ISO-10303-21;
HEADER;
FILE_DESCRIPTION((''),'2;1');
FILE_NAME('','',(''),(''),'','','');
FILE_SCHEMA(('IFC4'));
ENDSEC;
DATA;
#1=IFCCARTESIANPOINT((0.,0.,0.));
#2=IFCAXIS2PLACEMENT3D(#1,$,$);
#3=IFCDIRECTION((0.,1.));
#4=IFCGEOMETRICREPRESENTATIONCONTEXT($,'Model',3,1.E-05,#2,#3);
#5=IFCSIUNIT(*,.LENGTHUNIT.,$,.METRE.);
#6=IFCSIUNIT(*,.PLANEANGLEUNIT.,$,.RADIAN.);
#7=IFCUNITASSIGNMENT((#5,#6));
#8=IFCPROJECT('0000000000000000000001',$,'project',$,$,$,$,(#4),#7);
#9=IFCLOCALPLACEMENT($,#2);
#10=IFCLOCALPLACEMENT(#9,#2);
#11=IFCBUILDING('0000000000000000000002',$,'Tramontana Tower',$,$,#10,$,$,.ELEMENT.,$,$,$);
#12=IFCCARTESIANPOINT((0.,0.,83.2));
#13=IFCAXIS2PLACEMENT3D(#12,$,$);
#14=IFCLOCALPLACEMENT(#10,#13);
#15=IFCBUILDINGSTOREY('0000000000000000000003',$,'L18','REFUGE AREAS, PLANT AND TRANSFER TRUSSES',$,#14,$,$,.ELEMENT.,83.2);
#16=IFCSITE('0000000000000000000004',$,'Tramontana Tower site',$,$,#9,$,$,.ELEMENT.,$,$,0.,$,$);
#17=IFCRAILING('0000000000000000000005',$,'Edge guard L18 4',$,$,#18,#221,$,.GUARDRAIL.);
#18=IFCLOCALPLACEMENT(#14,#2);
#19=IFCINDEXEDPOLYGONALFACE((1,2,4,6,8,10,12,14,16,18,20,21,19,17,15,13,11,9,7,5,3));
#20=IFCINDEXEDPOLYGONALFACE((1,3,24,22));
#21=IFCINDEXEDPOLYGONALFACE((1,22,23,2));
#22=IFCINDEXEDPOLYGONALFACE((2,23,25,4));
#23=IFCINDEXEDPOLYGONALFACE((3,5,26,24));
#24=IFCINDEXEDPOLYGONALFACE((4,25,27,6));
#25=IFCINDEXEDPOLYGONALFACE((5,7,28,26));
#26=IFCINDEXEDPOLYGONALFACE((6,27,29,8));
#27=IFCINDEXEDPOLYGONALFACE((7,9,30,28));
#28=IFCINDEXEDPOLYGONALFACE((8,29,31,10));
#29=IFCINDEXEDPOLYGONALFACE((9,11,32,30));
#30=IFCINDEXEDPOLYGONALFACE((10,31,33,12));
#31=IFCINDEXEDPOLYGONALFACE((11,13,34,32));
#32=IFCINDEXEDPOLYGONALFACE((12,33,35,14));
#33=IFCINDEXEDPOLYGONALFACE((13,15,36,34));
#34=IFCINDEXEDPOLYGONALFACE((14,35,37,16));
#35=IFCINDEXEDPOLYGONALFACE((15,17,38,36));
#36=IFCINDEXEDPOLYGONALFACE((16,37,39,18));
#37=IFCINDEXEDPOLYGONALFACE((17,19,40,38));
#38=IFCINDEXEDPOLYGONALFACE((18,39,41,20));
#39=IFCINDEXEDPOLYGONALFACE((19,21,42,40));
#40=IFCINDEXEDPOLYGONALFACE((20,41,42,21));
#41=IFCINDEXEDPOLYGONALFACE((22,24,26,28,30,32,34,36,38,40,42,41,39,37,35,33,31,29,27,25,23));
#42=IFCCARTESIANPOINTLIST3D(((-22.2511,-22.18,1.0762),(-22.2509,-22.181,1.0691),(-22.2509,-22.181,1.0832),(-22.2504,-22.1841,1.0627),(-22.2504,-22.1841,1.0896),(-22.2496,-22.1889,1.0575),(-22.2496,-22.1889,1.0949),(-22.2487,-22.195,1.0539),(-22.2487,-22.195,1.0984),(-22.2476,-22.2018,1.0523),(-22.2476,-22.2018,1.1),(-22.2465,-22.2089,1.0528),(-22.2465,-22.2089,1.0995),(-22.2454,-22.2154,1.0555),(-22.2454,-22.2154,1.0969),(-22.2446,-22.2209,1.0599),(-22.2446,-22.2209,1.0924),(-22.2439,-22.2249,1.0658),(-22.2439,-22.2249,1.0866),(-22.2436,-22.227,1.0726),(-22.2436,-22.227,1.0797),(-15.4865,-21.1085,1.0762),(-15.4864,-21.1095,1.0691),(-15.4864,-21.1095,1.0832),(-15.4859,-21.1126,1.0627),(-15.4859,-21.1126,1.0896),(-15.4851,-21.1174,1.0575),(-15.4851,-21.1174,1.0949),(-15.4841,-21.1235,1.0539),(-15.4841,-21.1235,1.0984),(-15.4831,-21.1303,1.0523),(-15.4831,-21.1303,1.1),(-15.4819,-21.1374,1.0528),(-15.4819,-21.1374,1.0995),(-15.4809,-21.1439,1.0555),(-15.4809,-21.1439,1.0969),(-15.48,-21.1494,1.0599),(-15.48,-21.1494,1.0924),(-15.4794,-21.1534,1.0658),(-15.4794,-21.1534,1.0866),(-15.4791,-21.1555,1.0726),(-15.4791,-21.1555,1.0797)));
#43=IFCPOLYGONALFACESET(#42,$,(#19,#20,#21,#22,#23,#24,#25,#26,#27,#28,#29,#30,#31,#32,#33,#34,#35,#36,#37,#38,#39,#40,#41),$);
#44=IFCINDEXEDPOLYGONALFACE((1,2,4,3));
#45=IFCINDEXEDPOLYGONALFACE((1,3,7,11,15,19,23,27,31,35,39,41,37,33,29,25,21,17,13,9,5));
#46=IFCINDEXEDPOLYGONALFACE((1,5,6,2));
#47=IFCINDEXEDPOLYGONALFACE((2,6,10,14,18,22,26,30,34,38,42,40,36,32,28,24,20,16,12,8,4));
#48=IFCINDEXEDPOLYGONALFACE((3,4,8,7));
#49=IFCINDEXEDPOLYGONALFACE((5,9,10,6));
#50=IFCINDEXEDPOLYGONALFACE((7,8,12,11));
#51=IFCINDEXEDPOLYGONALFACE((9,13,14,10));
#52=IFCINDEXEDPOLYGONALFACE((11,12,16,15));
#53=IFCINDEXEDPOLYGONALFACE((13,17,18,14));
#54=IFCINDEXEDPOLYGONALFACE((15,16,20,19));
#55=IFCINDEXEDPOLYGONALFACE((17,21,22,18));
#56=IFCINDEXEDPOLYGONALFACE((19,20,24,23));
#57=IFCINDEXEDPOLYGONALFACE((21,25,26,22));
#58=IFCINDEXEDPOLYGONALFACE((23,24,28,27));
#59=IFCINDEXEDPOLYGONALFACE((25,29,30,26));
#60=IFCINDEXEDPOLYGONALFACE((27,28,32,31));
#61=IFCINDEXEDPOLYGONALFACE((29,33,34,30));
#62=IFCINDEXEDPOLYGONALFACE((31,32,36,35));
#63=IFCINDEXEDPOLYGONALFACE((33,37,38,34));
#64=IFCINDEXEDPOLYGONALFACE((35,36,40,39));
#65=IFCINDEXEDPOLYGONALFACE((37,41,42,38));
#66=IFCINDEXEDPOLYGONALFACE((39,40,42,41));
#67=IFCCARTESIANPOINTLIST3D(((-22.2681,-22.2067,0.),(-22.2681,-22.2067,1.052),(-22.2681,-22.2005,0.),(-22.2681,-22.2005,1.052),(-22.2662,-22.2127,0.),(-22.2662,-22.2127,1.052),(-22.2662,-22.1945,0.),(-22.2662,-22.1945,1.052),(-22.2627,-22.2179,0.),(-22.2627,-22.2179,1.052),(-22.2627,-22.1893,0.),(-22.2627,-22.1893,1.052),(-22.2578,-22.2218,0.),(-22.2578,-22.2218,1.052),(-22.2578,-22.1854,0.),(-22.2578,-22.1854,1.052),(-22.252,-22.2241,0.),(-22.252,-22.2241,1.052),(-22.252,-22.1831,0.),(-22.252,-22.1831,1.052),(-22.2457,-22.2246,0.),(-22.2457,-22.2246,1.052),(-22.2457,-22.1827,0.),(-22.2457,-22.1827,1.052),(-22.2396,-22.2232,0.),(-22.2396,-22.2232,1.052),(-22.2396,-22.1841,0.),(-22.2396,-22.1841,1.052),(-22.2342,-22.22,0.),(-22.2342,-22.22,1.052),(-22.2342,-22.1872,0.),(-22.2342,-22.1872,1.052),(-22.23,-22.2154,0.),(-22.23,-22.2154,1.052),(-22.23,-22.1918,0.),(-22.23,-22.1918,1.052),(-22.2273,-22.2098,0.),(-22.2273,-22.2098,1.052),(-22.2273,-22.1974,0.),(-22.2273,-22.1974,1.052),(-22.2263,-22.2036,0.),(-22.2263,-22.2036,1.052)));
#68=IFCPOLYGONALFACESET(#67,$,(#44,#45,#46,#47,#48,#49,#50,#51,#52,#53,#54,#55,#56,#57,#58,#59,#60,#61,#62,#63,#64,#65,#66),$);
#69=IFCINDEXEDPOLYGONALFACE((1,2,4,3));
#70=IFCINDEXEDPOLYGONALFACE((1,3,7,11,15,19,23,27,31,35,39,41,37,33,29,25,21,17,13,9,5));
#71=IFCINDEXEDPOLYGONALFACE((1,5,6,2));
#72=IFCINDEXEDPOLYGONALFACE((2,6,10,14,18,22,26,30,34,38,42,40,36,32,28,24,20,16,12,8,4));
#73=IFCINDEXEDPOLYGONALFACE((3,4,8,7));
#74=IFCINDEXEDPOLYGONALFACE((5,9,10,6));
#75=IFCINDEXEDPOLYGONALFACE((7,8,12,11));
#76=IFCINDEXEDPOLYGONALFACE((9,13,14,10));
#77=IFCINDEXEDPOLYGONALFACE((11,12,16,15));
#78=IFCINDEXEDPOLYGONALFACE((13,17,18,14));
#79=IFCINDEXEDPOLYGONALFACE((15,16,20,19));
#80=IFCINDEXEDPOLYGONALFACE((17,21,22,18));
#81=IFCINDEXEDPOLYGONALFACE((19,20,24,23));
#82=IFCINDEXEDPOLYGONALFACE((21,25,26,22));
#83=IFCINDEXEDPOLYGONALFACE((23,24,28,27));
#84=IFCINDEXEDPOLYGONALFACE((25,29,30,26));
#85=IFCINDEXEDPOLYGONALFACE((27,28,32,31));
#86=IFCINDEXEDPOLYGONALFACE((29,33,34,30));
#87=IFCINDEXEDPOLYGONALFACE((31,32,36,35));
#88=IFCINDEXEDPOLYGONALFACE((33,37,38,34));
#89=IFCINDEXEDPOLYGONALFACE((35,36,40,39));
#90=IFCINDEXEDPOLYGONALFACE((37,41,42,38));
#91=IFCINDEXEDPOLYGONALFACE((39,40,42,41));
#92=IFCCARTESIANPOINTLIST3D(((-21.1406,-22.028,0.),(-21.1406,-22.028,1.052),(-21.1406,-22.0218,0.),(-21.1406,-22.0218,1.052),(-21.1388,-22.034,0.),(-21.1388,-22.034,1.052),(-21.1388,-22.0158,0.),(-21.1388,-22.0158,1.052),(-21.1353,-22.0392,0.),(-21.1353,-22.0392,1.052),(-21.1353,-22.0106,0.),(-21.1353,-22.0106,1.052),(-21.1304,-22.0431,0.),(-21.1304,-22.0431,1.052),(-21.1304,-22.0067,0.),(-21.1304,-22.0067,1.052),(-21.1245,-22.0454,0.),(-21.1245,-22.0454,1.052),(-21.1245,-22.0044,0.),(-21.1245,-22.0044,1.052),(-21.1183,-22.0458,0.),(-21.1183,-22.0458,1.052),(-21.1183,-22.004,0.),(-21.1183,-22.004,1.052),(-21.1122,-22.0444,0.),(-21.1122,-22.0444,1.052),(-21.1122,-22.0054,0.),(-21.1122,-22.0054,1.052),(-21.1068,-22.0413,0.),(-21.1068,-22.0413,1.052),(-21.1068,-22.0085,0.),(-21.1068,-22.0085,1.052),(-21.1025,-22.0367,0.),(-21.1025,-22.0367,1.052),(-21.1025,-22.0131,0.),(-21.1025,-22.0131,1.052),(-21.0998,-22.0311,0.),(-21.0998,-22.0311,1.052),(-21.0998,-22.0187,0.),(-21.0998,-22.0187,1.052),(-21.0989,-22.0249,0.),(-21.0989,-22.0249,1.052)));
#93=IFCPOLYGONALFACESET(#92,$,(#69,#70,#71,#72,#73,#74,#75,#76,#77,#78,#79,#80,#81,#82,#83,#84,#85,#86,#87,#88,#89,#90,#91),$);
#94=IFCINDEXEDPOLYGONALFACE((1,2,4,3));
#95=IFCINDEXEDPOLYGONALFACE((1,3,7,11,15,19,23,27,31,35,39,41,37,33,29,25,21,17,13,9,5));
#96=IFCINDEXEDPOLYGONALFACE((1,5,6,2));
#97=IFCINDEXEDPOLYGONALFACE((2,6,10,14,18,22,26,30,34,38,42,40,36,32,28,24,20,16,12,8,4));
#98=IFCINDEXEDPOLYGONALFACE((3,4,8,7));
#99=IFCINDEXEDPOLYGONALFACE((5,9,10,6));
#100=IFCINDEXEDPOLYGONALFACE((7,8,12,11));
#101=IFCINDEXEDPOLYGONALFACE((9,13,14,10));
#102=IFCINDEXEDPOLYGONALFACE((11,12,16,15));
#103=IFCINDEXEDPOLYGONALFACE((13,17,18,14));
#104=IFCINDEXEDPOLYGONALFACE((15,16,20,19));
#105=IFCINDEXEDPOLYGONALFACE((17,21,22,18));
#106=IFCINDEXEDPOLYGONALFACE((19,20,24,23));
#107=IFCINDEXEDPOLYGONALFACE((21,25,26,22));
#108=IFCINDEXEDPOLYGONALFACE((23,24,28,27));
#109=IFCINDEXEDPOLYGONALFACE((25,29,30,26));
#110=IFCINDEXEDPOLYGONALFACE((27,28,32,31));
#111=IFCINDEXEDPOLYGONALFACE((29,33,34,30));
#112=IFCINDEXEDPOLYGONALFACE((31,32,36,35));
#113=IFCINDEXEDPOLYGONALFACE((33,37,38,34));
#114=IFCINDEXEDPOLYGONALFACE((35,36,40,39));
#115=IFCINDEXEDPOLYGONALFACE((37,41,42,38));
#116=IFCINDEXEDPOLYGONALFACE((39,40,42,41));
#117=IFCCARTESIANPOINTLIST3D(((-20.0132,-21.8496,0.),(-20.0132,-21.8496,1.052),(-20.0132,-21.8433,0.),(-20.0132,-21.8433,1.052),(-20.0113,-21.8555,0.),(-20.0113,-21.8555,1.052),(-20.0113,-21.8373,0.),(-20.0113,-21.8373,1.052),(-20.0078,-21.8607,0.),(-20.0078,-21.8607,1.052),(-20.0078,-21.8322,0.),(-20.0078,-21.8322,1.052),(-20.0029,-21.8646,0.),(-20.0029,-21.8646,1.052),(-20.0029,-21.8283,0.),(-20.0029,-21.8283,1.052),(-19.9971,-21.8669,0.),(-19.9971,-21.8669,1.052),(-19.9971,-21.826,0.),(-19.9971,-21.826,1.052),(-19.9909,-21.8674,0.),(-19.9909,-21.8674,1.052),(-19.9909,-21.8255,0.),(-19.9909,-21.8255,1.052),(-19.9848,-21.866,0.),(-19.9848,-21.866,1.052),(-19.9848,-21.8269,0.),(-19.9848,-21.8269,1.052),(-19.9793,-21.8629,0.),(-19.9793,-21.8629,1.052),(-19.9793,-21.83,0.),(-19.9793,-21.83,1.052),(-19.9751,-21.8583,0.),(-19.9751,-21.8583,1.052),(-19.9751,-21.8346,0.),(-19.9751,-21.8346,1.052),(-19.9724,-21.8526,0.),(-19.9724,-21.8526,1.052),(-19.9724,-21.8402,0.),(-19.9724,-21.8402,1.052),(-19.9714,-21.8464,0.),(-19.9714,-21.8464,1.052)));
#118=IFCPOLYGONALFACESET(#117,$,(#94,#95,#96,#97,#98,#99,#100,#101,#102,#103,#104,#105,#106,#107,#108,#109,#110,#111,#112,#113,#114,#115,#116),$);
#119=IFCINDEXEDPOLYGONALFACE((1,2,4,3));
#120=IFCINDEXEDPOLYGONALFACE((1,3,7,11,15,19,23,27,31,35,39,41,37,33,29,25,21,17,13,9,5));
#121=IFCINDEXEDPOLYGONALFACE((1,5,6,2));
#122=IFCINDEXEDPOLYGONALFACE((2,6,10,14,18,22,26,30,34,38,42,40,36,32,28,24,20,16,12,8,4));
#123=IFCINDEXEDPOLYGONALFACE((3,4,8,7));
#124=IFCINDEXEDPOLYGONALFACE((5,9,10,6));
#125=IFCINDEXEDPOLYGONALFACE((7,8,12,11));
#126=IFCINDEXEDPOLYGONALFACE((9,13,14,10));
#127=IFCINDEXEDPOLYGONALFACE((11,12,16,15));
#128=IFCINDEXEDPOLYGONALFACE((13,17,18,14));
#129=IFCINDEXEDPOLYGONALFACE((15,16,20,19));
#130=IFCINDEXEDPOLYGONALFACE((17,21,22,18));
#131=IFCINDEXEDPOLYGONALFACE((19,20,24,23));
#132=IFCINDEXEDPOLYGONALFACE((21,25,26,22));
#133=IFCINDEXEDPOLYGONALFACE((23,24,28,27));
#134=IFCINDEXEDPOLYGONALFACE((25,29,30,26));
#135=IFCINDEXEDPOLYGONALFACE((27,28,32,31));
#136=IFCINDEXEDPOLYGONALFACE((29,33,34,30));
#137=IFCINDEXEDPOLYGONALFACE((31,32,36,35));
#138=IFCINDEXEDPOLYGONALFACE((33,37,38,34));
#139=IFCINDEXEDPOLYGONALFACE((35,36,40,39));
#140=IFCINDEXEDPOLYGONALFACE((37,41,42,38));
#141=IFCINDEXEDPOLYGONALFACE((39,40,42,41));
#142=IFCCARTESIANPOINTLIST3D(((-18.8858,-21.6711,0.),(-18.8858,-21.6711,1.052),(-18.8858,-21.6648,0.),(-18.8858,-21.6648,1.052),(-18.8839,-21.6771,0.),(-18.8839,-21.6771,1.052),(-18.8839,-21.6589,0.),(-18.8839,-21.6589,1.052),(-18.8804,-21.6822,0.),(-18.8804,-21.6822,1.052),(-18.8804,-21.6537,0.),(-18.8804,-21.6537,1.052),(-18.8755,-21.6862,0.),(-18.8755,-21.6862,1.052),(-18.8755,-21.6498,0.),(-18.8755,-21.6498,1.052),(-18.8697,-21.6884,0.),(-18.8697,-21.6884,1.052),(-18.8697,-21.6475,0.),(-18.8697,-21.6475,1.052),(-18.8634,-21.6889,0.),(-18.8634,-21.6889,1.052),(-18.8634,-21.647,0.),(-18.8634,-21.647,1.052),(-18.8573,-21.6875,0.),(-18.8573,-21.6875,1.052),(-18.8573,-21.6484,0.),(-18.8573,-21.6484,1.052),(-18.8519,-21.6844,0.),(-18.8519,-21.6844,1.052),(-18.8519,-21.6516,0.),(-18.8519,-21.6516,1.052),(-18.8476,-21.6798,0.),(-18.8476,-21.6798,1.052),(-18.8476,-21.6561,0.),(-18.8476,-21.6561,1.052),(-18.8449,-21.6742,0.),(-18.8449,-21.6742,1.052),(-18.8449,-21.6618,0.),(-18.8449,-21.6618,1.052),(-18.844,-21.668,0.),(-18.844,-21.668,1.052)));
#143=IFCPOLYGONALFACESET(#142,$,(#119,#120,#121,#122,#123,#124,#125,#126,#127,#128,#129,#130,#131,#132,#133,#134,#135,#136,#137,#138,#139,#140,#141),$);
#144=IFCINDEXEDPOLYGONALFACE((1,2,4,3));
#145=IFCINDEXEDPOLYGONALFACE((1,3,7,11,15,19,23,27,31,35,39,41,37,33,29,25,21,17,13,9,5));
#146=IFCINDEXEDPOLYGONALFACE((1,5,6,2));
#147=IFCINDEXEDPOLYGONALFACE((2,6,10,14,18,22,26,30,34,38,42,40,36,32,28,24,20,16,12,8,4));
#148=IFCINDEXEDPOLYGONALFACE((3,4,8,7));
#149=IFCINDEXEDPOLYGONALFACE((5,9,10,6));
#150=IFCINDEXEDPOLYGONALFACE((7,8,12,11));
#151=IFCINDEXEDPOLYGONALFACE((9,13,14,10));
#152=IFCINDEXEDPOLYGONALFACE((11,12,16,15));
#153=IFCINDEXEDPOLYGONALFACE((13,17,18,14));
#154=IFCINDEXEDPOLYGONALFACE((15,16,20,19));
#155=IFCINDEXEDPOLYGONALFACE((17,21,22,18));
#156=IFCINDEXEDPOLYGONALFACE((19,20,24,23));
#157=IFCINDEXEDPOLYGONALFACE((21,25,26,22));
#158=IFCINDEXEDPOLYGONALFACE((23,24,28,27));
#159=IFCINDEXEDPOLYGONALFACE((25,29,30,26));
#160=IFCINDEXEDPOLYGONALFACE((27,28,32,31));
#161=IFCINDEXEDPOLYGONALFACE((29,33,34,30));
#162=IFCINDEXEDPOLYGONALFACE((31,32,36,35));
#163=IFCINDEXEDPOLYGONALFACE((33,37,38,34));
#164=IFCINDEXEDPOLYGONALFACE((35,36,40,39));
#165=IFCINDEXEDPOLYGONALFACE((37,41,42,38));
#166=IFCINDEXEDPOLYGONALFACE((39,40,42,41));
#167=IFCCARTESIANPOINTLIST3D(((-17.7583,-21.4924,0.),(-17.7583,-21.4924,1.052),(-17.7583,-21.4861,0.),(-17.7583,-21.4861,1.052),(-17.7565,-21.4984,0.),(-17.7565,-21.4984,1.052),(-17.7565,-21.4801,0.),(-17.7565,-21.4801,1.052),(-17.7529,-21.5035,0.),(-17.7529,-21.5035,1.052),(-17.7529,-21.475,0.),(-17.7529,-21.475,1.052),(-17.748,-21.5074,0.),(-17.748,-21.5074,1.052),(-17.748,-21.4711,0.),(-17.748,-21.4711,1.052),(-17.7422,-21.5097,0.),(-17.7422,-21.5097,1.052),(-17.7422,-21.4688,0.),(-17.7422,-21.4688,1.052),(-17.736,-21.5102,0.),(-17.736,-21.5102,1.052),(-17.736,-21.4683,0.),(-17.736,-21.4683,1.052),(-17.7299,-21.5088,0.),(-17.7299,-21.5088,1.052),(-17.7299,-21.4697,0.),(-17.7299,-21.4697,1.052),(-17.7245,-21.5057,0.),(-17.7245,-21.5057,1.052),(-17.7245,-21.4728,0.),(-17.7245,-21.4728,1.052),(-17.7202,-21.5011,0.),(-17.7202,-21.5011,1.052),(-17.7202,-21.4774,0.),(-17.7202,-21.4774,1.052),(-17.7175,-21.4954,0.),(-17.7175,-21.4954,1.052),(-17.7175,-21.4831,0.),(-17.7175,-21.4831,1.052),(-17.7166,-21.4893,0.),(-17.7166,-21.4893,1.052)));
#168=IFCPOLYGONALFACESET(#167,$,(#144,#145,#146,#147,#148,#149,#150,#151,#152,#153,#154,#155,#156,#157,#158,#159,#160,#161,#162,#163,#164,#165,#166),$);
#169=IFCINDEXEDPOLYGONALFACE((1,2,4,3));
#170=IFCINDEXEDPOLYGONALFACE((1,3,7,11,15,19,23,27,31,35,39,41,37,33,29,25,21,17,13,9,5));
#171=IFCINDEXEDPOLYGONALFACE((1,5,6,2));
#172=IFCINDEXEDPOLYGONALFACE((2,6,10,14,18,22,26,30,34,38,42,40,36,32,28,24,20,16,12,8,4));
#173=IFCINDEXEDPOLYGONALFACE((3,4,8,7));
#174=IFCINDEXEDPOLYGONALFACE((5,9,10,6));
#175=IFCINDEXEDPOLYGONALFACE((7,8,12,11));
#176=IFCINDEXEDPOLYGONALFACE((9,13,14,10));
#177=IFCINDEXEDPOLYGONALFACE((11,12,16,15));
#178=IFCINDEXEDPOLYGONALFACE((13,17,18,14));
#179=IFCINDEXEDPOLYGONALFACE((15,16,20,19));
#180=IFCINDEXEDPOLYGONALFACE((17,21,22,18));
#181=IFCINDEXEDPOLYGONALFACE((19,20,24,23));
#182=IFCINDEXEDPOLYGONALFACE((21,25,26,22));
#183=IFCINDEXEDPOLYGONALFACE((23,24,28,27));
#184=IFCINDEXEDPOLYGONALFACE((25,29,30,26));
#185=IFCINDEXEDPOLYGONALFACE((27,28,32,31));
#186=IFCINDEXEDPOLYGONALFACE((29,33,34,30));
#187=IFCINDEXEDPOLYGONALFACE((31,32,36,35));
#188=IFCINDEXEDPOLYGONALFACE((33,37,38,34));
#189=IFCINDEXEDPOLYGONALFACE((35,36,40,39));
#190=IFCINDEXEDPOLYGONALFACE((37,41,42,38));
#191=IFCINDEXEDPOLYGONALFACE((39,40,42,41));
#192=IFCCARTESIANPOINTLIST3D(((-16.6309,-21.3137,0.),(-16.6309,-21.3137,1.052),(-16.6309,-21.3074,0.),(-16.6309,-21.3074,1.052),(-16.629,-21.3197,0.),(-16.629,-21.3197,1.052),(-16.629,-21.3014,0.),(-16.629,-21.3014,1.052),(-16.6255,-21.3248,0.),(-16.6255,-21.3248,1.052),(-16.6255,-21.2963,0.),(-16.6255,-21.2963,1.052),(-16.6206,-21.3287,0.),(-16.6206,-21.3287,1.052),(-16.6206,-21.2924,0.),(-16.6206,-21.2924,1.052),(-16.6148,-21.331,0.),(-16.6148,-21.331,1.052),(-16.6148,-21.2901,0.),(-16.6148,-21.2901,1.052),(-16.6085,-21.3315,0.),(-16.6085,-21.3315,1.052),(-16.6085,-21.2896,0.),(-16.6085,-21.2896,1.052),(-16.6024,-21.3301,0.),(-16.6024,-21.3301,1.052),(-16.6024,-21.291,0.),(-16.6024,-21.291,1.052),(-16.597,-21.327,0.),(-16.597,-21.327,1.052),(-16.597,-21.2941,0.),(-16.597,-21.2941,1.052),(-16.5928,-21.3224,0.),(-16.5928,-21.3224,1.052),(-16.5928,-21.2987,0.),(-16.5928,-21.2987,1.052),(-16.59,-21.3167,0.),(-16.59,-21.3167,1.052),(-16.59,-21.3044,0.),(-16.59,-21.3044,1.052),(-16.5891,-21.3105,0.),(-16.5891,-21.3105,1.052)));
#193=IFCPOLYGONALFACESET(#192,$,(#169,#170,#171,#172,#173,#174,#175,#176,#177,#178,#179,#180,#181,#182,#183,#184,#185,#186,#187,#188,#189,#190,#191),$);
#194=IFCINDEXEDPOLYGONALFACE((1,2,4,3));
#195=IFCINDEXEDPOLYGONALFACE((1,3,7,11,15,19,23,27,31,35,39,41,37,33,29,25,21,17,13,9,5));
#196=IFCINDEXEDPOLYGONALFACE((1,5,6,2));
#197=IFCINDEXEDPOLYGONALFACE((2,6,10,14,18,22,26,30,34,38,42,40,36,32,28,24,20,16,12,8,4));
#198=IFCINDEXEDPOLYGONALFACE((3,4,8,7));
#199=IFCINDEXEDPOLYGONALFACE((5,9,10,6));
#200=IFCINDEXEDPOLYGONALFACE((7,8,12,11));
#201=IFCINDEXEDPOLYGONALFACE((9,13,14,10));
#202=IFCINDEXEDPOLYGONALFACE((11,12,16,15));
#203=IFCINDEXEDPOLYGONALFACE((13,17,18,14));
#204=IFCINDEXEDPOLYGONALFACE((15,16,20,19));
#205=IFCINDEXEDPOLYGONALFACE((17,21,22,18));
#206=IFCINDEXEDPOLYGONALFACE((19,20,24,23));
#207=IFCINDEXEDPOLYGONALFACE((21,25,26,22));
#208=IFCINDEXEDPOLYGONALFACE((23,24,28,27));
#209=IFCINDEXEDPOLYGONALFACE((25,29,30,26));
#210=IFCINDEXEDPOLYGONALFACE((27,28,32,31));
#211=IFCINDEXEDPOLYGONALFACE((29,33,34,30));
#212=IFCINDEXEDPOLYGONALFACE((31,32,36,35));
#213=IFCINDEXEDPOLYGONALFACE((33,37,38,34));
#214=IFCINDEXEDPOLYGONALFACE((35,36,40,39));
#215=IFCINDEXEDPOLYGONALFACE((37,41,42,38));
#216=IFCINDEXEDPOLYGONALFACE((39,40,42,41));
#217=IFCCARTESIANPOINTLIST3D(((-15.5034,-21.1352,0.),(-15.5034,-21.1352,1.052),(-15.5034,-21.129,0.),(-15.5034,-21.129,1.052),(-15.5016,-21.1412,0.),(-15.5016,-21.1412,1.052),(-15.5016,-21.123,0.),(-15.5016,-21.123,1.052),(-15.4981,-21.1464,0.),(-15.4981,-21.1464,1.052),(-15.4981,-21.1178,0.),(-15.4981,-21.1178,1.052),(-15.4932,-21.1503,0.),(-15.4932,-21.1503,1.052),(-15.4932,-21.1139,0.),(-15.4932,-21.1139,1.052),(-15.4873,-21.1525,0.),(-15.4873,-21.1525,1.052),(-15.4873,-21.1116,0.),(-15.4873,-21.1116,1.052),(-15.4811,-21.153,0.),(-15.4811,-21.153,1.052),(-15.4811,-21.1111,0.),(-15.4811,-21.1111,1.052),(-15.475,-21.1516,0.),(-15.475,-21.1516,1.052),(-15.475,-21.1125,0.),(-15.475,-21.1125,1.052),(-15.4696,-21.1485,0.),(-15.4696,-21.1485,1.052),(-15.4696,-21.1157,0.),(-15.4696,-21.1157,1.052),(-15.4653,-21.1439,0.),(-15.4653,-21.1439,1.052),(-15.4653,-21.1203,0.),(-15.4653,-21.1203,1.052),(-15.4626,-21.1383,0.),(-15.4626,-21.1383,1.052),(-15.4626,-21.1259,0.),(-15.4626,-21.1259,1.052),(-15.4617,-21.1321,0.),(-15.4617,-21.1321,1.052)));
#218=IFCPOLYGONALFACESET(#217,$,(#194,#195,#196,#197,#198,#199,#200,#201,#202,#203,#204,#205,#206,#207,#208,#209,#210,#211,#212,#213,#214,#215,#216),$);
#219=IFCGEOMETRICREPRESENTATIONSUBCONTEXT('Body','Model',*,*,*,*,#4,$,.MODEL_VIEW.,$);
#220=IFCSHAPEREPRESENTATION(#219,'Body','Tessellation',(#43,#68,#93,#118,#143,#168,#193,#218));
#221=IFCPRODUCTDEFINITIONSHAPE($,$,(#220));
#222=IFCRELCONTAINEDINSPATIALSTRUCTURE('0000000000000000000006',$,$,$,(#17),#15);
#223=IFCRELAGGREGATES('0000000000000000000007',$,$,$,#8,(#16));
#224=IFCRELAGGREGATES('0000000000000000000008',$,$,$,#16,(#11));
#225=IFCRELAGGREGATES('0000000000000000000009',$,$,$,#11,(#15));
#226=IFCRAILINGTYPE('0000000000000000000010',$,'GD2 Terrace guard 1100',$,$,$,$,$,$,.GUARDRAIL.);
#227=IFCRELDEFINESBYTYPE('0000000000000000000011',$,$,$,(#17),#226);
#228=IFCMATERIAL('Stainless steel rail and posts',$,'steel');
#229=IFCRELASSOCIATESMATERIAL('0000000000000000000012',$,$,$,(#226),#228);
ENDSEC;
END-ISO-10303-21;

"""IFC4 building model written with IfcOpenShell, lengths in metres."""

from ifc_helpers import new_model, si_unit, direction, frame, origin, origin_2d, place, context, subcontext, project, spatial, circle, extrude, material, type_object, element, save


model = new_model("IFC4")

# Units and contexts
model_context = context("Model", 3, precision=1e-05, world=origin(), true_north=direction((0.0, 1.0)))
body_context = subcontext(model_context, "Body", "Model", "MODEL_VIEW")
ifc_project = project(units=[si_unit("LENGTHUNIT", "METRE"), si_unit("PLANEANGLEUNIT", "RADIAN")], contexts=[model_context])

# Site, building, storey
site_placement = place(None, origin())
site = spatial("IfcSite", under=ifc_project, at=site_placement, Name="Tramontana Tower site", CompositionType="ELEMENT", RefElevation=0.0)
building_placement = place(site_placement, origin())
building = spatial("IfcBuilding", under=site, at=building_placement, Name="Tramontana Tower", CompositionType="ELEMENT")
storey_placement = place(building_placement, frame((0.0, 0.0, 83.2)))
storey = spatial("IfcBuildingStorey", under=building, at=storey_placement, Name="L18", Description="REFUGE AREAS, PLANT AND TRANSFER TRUSSES", CompositionType="ELEMENT", Elevation=83.2)

# Railing
ifc_material_1 = material(Name="Stainless steel rail and posts", Category="steel")
railing_type = type_object("IfcRailingType", Name="GD2 Terrace guard 1100", PredefinedType="GUARDRAIL", material=ifc_material_1)
railing_1_placement = place(storey_placement, frame((-22.2473, -22.2036, 0.0)))
element("IfcRailing", 1, at=railing_1_placement, inside=storey, type_object=railing_type, Name="Edge guard L18 4", PredefinedType="GUARDRAIL", context=body_context, shape_type="SweptSolid", body=[
    extrude(circle(Radius=0.0239, at=origin_2d()), frame((0.0, 0.0, 1.0762), z_axis=(0.987686, 0.156451, 0.0), x_axis=(-0.156451, 0.987686, 0.0)), (0.0, 0.0, 1.0), 6.8489),
    extrude(circle(Radius=0.021, at=origin_2d()), origin(), (0.0, 0.0, 1.0), 1.052),
    extrude(circle(Radius=0.021, at=origin_2d()), frame((1.1274, 0.1787, 0.0)), (0.0, 0.0, 1.0), 1.052),
    extrude(circle(Radius=0.021, at=origin_2d()), frame((2.2549, 0.3572, 0.0)), (0.0, 0.0, 1.0), 1.052),
    extrude(circle(Radius=0.021, at=origin_2d()), frame((3.3823, 0.5356, 0.0)), (0.0, 0.0, 1.0), 1.052),
    extrude(circle(Radius=0.021, at=origin_2d()), frame((4.5098, 0.7144, 0.0)), (0.0, 0.0, 1.0), 1.052),
    extrude(circle(Radius=0.021, at=origin_2d()), frame((5.6372, 0.8931, 0.0)), (0.0, 0.0, 1.0), 1.052),
    extrude(circle(Radius=0.021, at=origin_2d()), frame((6.7646, 1.0715, 0.0)), (0.0, 0.0, 1.0), 1.052),
])

save(model, "model.ifc")
